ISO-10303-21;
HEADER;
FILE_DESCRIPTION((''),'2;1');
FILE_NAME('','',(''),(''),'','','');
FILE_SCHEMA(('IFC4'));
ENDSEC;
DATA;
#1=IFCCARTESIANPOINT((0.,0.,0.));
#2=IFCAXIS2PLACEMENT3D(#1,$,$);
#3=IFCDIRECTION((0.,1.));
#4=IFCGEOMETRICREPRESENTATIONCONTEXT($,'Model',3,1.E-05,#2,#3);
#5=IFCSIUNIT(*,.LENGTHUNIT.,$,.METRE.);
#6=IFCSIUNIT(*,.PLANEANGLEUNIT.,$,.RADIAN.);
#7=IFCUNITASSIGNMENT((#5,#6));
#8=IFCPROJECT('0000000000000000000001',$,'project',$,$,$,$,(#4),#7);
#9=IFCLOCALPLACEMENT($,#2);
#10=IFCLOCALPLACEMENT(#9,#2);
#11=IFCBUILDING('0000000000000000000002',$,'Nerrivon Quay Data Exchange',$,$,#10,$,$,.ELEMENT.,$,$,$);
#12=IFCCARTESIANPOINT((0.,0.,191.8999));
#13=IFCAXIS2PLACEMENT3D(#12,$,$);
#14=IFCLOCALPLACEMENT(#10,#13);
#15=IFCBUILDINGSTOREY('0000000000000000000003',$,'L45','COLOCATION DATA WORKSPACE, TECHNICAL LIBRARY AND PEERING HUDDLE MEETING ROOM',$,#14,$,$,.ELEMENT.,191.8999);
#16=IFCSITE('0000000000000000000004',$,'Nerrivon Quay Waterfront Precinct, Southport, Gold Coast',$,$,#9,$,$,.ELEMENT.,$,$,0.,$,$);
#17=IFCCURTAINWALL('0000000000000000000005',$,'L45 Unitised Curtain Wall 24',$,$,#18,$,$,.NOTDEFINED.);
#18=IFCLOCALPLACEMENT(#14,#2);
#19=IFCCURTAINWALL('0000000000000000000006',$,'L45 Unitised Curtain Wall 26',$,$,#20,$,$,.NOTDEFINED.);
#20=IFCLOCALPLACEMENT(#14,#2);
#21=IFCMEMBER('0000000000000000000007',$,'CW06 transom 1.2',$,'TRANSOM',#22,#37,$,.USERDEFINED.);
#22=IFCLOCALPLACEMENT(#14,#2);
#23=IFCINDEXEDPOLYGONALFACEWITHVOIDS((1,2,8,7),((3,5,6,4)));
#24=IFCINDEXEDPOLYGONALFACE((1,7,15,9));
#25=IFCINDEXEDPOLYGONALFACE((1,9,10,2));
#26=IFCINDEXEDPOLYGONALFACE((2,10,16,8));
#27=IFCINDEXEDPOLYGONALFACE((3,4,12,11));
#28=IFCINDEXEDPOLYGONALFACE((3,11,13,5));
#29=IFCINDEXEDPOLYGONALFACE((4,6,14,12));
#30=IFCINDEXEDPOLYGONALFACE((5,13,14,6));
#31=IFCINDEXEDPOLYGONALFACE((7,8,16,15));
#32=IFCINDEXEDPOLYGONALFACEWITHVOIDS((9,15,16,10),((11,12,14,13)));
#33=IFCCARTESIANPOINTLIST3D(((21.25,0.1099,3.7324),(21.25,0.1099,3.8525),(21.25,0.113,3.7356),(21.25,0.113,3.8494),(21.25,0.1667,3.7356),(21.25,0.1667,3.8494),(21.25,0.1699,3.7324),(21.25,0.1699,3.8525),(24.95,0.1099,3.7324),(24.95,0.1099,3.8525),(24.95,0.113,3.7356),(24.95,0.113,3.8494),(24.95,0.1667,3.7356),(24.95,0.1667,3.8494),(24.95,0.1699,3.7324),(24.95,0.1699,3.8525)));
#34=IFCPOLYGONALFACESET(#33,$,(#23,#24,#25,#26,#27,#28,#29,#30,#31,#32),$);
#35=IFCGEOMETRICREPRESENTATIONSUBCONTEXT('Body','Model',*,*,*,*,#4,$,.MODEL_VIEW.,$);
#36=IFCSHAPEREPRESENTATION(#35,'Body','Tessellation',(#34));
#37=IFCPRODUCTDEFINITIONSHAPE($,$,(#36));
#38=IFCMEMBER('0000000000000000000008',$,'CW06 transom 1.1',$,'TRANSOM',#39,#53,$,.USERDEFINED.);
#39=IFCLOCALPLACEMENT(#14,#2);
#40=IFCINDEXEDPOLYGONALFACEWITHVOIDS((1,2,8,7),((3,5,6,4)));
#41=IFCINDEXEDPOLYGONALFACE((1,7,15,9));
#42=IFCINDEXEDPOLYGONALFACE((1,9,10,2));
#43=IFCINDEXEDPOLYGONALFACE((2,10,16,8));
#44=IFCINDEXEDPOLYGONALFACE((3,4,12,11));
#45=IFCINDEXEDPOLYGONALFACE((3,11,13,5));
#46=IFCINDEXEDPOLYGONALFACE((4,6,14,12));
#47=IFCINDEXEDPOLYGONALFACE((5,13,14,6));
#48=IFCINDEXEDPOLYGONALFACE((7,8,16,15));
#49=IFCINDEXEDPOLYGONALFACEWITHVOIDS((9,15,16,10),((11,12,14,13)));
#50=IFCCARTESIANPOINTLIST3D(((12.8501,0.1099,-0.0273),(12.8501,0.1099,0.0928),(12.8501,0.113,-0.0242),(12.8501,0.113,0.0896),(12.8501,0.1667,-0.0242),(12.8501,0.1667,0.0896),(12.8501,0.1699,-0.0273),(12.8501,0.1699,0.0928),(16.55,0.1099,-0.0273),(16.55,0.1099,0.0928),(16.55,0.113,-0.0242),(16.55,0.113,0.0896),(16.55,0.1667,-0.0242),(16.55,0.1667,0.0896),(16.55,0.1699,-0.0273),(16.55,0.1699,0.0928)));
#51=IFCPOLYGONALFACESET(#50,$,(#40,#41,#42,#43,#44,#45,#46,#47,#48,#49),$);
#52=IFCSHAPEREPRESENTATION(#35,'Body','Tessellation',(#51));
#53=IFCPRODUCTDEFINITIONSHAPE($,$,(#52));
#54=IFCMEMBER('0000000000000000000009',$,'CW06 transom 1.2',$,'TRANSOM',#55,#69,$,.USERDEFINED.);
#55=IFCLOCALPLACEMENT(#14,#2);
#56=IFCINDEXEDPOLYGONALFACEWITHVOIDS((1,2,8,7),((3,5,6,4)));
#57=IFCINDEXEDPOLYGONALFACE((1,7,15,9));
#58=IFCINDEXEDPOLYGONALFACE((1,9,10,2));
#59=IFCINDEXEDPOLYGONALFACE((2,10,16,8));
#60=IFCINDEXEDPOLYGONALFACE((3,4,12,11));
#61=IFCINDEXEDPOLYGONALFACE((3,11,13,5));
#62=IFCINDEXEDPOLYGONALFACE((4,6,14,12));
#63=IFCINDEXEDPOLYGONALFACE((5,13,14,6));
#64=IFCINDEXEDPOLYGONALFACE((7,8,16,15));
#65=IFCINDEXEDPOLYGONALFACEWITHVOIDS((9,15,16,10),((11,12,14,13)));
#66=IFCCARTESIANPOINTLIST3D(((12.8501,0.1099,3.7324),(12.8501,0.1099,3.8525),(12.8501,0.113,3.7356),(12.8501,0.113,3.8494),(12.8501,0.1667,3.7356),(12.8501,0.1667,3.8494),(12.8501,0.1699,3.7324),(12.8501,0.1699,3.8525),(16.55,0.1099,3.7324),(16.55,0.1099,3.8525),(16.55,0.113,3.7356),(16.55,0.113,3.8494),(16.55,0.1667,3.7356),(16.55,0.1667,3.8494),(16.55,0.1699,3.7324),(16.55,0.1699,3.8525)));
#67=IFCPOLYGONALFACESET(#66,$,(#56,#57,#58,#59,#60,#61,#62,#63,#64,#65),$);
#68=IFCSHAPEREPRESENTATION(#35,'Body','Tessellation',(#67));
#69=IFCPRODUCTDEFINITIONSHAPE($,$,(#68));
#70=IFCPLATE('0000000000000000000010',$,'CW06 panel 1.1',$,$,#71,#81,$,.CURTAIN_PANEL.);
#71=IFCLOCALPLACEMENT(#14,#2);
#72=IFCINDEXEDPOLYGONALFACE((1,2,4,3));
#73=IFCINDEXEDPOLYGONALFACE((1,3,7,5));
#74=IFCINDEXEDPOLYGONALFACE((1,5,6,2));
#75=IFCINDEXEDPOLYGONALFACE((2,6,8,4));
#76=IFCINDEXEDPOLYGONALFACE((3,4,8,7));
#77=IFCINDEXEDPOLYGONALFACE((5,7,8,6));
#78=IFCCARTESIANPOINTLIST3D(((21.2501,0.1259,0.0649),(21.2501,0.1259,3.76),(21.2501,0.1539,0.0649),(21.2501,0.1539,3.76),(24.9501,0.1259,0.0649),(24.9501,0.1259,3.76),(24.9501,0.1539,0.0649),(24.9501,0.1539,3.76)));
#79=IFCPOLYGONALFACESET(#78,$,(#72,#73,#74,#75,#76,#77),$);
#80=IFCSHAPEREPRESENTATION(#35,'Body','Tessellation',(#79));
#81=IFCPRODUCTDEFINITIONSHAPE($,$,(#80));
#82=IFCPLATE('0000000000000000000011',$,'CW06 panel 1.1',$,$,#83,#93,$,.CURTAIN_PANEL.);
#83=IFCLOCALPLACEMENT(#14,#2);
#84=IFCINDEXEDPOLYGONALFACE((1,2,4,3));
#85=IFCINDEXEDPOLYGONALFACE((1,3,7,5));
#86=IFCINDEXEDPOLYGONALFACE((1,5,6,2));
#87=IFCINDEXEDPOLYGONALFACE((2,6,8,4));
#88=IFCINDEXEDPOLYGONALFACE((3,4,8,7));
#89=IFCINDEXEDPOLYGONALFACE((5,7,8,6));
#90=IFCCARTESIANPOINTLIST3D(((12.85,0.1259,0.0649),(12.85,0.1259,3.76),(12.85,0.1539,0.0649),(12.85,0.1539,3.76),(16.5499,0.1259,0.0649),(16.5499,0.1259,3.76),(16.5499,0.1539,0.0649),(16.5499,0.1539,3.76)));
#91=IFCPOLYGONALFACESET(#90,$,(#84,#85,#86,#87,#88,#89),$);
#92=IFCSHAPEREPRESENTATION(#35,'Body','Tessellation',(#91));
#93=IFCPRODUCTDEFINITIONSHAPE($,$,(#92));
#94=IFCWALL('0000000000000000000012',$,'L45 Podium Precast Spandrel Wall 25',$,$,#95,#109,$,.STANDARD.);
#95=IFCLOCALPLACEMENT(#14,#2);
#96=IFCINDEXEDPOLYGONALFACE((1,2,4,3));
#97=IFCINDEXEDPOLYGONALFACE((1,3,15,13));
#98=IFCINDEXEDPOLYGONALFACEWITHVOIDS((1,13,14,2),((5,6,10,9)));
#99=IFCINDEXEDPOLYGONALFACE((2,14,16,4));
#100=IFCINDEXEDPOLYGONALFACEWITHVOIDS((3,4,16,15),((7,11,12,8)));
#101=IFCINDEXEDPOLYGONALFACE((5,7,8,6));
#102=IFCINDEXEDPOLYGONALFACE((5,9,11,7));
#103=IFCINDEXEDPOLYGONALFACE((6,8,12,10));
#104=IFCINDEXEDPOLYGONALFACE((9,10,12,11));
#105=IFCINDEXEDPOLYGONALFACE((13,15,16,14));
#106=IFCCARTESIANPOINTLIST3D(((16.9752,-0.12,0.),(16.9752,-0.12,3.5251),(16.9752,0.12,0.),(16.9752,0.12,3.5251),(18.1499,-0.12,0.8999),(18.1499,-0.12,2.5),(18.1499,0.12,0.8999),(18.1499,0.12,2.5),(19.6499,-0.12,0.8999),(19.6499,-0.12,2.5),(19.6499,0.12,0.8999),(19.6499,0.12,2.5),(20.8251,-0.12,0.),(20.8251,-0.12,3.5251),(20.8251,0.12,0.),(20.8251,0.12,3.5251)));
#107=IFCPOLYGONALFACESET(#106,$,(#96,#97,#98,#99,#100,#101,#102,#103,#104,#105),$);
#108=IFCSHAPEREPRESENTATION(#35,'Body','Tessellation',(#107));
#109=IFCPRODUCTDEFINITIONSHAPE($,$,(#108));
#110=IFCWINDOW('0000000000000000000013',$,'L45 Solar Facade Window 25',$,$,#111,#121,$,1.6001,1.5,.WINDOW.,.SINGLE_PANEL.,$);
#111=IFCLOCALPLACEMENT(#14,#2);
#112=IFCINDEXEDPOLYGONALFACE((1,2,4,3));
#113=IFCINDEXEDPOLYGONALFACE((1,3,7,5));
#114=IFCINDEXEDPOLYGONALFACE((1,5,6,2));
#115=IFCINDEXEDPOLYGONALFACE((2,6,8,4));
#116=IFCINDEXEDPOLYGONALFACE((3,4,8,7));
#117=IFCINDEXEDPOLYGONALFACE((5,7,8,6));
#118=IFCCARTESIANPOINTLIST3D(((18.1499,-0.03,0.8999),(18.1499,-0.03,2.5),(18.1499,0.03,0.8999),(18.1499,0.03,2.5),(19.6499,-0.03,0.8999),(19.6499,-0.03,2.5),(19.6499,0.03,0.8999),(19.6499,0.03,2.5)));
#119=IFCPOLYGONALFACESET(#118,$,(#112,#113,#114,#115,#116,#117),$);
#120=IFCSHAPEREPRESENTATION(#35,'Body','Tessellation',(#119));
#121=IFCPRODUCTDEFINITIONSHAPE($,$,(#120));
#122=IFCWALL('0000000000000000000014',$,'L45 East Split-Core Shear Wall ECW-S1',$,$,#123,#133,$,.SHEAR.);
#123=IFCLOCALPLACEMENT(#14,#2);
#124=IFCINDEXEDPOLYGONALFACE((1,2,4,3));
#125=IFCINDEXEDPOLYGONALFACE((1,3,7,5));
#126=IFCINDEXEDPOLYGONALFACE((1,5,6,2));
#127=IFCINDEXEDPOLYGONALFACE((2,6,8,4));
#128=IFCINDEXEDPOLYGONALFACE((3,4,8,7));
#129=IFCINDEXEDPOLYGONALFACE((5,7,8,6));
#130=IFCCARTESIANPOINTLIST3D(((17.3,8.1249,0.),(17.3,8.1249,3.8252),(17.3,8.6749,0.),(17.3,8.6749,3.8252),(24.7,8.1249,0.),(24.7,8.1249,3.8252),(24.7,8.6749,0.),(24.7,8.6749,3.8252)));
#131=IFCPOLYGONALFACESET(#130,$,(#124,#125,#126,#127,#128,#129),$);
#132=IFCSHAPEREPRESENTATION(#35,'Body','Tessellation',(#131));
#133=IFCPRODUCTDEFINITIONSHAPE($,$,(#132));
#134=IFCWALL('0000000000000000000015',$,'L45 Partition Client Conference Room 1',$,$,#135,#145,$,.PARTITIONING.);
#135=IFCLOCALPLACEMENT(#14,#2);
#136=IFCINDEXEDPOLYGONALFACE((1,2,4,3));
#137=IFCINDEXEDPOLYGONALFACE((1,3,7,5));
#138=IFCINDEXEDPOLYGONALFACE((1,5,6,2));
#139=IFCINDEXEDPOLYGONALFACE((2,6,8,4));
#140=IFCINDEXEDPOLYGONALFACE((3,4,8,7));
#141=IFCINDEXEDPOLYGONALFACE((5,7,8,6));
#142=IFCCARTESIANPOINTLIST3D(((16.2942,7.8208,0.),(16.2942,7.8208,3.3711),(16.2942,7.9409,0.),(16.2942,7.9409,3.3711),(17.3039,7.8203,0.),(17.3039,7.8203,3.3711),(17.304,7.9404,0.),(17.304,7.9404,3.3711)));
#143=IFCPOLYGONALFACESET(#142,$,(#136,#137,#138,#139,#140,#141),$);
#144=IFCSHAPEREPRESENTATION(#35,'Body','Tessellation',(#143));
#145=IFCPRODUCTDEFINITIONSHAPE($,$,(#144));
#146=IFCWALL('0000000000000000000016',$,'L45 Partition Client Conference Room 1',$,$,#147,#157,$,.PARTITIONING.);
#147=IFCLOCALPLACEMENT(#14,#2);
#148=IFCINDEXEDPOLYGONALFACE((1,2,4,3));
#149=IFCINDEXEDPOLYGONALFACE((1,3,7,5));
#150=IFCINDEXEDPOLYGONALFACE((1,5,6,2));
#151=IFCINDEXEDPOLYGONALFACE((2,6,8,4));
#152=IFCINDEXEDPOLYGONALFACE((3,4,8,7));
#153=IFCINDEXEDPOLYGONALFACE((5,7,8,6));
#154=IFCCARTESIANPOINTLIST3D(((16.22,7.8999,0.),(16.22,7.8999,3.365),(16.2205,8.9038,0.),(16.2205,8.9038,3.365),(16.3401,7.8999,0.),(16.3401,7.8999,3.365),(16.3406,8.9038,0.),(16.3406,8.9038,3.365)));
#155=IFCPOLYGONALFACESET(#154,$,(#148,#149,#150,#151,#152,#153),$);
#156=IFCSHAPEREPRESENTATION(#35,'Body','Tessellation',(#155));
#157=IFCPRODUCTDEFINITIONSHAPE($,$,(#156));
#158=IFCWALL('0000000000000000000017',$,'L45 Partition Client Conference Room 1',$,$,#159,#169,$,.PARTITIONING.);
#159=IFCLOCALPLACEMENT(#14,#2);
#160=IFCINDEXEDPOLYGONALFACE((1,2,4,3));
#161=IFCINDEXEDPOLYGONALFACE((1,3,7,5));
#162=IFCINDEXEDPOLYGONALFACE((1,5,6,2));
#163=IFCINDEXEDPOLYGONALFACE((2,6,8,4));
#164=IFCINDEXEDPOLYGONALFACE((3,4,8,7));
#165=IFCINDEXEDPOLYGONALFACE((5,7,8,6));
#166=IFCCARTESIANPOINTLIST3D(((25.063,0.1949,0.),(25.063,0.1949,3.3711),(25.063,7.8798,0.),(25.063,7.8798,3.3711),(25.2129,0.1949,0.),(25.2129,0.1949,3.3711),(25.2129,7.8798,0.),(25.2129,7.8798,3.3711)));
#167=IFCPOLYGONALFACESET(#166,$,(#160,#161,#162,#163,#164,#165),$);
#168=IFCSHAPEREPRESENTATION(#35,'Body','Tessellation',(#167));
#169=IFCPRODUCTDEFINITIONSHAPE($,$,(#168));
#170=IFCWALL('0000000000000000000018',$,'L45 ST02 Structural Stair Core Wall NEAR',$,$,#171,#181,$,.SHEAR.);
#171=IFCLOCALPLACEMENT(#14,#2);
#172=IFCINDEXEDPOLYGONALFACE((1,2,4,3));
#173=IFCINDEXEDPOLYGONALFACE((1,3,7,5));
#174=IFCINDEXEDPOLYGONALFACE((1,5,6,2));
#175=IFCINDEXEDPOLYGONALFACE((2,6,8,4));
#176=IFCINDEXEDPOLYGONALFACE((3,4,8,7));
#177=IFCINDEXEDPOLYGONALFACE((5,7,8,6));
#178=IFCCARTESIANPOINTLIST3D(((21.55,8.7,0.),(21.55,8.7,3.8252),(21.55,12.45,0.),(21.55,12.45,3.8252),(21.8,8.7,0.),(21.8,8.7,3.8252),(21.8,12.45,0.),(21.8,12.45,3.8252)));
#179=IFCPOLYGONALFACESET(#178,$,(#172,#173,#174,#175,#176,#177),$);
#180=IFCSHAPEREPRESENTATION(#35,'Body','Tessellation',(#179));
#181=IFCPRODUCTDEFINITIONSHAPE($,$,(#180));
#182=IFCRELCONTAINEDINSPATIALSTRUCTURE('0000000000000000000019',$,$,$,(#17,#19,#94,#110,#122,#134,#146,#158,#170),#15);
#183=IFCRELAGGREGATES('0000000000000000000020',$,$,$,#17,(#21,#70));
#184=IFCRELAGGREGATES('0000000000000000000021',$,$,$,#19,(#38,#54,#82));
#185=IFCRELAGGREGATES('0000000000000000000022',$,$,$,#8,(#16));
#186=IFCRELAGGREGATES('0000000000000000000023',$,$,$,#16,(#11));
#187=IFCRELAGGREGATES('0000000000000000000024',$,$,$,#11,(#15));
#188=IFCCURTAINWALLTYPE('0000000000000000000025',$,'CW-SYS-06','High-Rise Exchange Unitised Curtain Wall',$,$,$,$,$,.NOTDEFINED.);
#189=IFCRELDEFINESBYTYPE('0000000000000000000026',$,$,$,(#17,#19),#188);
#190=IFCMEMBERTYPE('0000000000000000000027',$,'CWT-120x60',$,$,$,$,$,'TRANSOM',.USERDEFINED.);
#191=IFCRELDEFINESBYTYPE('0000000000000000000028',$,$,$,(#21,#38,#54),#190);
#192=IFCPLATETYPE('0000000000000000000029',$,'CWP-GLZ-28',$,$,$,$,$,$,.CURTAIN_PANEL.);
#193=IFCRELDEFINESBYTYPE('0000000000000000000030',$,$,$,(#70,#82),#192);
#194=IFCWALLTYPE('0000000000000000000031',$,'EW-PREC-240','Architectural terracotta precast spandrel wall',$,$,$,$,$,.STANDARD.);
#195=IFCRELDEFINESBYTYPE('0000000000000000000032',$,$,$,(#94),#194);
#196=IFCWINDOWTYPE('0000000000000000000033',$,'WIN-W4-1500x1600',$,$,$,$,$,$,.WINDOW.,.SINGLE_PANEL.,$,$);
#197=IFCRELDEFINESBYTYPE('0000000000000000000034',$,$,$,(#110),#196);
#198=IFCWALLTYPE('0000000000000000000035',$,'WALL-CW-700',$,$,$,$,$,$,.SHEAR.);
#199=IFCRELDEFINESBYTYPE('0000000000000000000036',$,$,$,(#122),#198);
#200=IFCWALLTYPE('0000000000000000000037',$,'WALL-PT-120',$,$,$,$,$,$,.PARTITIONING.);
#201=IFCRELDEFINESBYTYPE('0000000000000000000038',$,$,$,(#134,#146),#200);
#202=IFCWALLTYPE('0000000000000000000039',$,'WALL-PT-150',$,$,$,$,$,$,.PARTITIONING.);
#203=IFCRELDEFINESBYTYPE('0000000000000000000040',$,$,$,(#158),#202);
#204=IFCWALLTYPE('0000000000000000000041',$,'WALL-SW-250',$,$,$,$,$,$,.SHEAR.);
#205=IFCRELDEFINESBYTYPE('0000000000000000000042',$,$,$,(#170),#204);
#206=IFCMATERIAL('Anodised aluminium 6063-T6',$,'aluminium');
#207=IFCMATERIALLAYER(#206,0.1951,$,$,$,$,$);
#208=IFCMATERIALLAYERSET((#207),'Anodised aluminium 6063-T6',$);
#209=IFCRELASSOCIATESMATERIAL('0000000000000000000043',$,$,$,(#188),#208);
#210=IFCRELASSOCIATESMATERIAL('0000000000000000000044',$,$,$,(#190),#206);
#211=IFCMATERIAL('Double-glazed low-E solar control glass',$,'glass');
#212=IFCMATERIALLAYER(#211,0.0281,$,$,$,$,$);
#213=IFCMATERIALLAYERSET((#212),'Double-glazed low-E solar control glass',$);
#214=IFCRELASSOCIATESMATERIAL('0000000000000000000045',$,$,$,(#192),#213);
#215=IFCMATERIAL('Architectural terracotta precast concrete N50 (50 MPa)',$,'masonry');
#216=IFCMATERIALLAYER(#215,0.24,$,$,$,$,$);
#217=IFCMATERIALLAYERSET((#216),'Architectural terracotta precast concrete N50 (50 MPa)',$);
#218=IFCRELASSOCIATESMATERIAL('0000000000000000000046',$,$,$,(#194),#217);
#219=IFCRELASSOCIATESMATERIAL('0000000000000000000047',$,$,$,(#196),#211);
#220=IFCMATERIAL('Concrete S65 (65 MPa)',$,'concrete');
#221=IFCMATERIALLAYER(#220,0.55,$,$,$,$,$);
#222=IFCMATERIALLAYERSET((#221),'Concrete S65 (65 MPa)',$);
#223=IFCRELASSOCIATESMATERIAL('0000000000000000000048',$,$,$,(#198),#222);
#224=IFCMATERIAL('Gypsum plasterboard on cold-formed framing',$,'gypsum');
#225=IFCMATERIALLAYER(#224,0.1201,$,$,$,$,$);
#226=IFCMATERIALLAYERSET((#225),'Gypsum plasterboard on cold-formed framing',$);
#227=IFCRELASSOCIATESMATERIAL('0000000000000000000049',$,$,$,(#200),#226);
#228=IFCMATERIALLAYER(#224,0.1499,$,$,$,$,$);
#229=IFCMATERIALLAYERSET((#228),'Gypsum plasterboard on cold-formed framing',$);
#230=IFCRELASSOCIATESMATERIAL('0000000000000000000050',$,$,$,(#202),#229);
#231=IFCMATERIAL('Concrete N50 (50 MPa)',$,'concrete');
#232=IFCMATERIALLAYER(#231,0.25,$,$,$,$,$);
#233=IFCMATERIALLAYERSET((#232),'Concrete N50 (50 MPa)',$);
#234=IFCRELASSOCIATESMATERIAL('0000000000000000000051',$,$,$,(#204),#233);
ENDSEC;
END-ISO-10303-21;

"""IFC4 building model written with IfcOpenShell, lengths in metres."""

from ifc_helpers import new_model, si_unit, direction, frame, frame_2d, origin, origin_2d, place, context, subcontext, project, spatial, rectangle, hollow_rectangle, extrude, material, layer, layer_set, material_profile, profile_set, type_object, element, fill, aggregate, save


model = new_model("IFC4")

# Units and contexts
model_context = context("Model", 3, precision=1e-05, world=origin(), true_north=direction((0.0, 1.0)))
body_context = subcontext(model_context, "Body", "Model", "MODEL_VIEW")
ifc_project = project(units=[si_unit("LENGTHUNIT", "METRE"), si_unit("PLANEANGLEUNIT", "RADIAN")], contexts=[model_context])

# Site, building, storey
site_placement = place(None, origin())
site = spatial("IfcSite", under=ifc_project, at=site_placement, Name="Nerrivon Quay Waterfront Precinct, Southport, Gold Coast", CompositionType="ELEMENT", RefElevation=0.0)
building_placement = place(site_placement, origin())
building = spatial("IfcBuilding", under=site, at=building_placement, Name="Nerrivon Quay Data Exchange", CompositionType="ELEMENT")
storey_placement = place(building_placement, frame((0.0, 0.0, 191.8999)))
storey = spatial("IfcBuildingStorey", under=building, at=storey_placement, Name="L45", Description="COLOCATION DATA WORKSPACE, TECHNICAL LIBRARY AND PEERING HUDDLE MEETING ROOM", CompositionType="ELEMENT", Elevation=191.8999)

# Shared definitions
ifc_material_1 = material(Name="Concrete S65 (65 MPa)", Category="concrete")
ifc_material_2 = material(Name="Concrete N50 (50 MPa)", Category="concrete")

# Curtain wall
ifc_material_3 = material(Name="Anodised aluminium 6063-T6", Category="aluminium")
ifc_layer_1 = layer(ifc_material_3, 0.1951)
ifc_layer_set_1 = layer_set([ifc_layer_1], Name="Anodised aluminium 6063-T6")
curtain_wall_type = type_object("IfcCurtainWallType", Name="CW-SYS-06", Description="High-Rise Exchange Unitised Curtain Wall", PredefinedType="NOTDEFINED", material=ifc_layer_set_1)
curtain_wall_1_placement = place(storey_placement, origin())
curtain_wall_1 = element("IfcCurtainWall", 1, at=curtain_wall_1_placement, inside=storey, type_object=curtain_wall_type, Name="L45 Unitised Curtain Wall 24", PredefinedType="NOTDEFINED")

# Curtain wall
curtain_wall_2_placement = place(storey_placement, origin())
curtain_wall_2 = element("IfcCurtainWall", 2, at=curtain_wall_2_placement, inside=storey, type_object=curtain_wall_type, Name="L45 Unitised Curtain Wall 26", PredefinedType="NOTDEFINED")

# Members
ifc_material_profile_1 = material_profile(ifc_material_3, hollow_rectangle(XDim=0.0601, YDim=0.1201, WallThickness=0.0032, at=origin_2d()), Name="ALU-TRAN-120x60")
ifc_profile_set_1 = profile_set([ifc_material_profile_1], Name="Anodised aluminium 6063-T6")
member_type_1 = type_object("IfcMemberType", Name="CWT-120x60", ElementType="TRANSOM", PredefinedType="USERDEFINED", material=ifc_profile_set_1)
member_1_placement = place(storey_placement, frame((24.95, 0.1399, 3.7925), z_axis=(-1.0, 0.0, 0.0), x_axis=(0.0, -1.0, 0.0)))
member_1 = element("IfcMember", 3, at=member_1_placement, type_object=member_type_1, Name="CW06 transom 1.2", ObjectType="TRANSOM", PredefinedType="USERDEFINED", context=body_context, shape_type="SweptSolid", body=[
    extrude(hollow_rectangle(XDim=0.0601, YDim=0.1201, WallThickness=0.0032, at=origin_2d()), origin(), (0.0, 0.0, 1.0), 3.7),
])
member_2_placement = place(storey_placement, frame((16.55, 0.1399, 0.0327), z_axis=(-1.0, 0.0, 0.0), x_axis=(0.0, -1.0, 0.0)))
member_2 = element("IfcMember", 4, at=member_2_placement, type_object=member_type_1, Name="CW06 transom 1.1", ObjectType="TRANSOM", PredefinedType="USERDEFINED", context=body_context, shape_type="SweptSolid", body=[
    extrude(hollow_rectangle(XDim=0.0601, YDim=0.1201, WallThickness=0.0032, at=origin_2d()), origin(), (0.0, 0.0, 1.0), 3.7),
])
member_3_placement = place(storey_placement, frame((16.55, 0.1399, 3.7925), z_axis=(-1.0, 0.0, 0.0), x_axis=(0.0, -1.0, 0.0)))
member_3 = element("IfcMember", 5, at=member_3_placement, type_object=member_type_1, Name="CW06 transom 1.2", ObjectType="TRANSOM", PredefinedType="USERDEFINED", context=body_context, shape_type="SweptSolid", body=[
    extrude(hollow_rectangle(XDim=0.0601, YDim=0.1201, WallThickness=0.0032, at=origin_2d()), origin(), (0.0, 0.0, 1.0), 3.7),
])

# Plates
ifc_material_4 = material(Name="Double-glazed low-E solar control glass", Category="glass")
ifc_layer_2 = layer(ifc_material_4, 0.0281)
ifc_layer_set_2 = layer_set([ifc_layer_2], Name="Double-glazed low-E solar control glass")
plate_type = type_object("IfcPlateType", Name="CWP-GLZ-28", PredefinedType="CURTAIN_PANEL", material=ifc_layer_set_2)
plate_1_placement = place(storey_placement, frame((23.1001, 0.1399, 0.0649), z_axis=(0.0, 0.0, 1.0), x_axis=(-1.0, 0.0, 0.0)))
plate_1 = element("IfcPlate", 6, at=plate_1_placement, type_object=plate_type, Name="CW06 panel 1.1", PredefinedType="CURTAIN_PANEL", context=body_context, shape_type="SweptSolid", body=[
    extrude(rectangle(XDim=3.7, YDim=0.0281, at=origin_2d()), origin(), (0.0, 0.0, 1.0), 3.6951),
])
aggregate(curtain_wall_1, [member_1, plate_1])
plate_2_placement = place(storey_placement, frame((14.7, 0.1399, 0.0649), z_axis=(0.0, 0.0, 1.0), x_axis=(-1.0, 0.0, 0.0)))
plate_2 = element("IfcPlate", 7, at=plate_2_placement, type_object=plate_type, Name="CW06 panel 1.1", PredefinedType="CURTAIN_PANEL", context=body_context, shape_type="SweptSolid", body=[
    extrude(rectangle(XDim=3.7, YDim=0.0281, at=origin_2d()), origin(), (0.0, 0.0, 1.0), 3.6951),
])
aggregate(curtain_wall_2, [member_2, member_3, plate_2])

# Wall, opening, window
ifc_material_5 = material(Name="Architectural terracotta precast concrete N50 (50 MPa)", Category="masonry")
ifc_layer_3 = layer(ifc_material_5, 0.24)
ifc_layer_set_3 = layer_set([ifc_layer_3], Name="Architectural terracotta precast concrete N50 (50 MPa)")
wall_type_1 = type_object("IfcWallType", Name="EW-PREC-240", Description="Architectural terracotta precast spandrel wall", PredefinedType="STANDARD", material=ifc_layer_set_3)
wall_1_placement = place(storey_placement, frame((20.825, 0.0, 0.0), z_axis=(0.0, 0.0, 1.0), x_axis=(-1.0, 0.0, 0.0)))
wall_1 = element("IfcWall", 8, at=wall_1_placement, inside=storey, type_object=wall_type_1, Name="L45 Podium Precast Spandrel Wall 25", PredefinedType="STANDARD", context=body_context, shape_type="SweptSolid", body=[
    extrude(rectangle(XDim=3.8499, YDim=0.24, at=frame_2d((1.9248, 0.0))), origin(), (0.0, 0.0, 1.0), 3.5251),
])
opening_placement = place(wall_1_placement, frame((1.175, 0.0, 0.8999)))
opening = element("IfcOpeningElement", 9, at=opening_placement, cuts=wall_1, PredefinedType="OPENING", context=body_context, shape_type="SweptSolid", body=[
    extrude(rectangle(XDim=1.5, YDim=1.6001, at=frame_2d((0.75, 0.8))), frame((0.0, 0.1299, 0.0), z_axis=(0.0, -1.0, 0.0), x_axis=(1.0, 0.0, 0.0)), (0.0, 0.0, 1.0), 0.26),
])
window_type = type_object("IfcWindowType", Name="WIN-W4-1500x1600", PartitioningType="SINGLE_PANEL", PredefinedType="WINDOW", material=ifc_material_4)
window_placement = place(opening_placement, origin())
window = element("IfcWindow", 10, at=window_placement, inside=storey, type_object=window_type, Name="L45 Solar Facade Window 25", OverallHeight=1.6001, OverallWidth=1.5, PartitioningType="SINGLE_PANEL", PredefinedType="WINDOW", context=body_context, shape_type="SweptSolid", body=[
    extrude(rectangle(XDim=1.5, YDim=1.6001, at=frame_2d((0.75, 0.8))), frame((0.0, 0.03, 0.0), z_axis=(0.0, -1.0, 0.0), x_axis=(1.0, 0.0, 0.0)), (0.0, 0.0, 1.0), 0.0601),
])
fill(opening, window)

# Walls
ifc_layer_4 = layer(ifc_material_1, 0.55)
ifc_layer_set_4 = layer_set([ifc_layer_4], Name="Concrete S65 (65 MPa)")
wall_type_2 = type_object("IfcWallType", Name="WALL-CW-700", PredefinedType="SHEAR", material=ifc_layer_set_4)
wall_2_placement = place(storey_placement, frame((17.3, 8.3999, 0.0), z_axis=(0.0, 0.0, 1.0), x_axis=(1.0, 0.0, 0.0)))
element("IfcWall", 11, at=wall_2_placement, inside=storey, type_object=wall_type_2, Name="L45 East Split-Core Shear Wall ECW-S1", PredefinedType="SHEAR", context=body_context, shape_type="SweptSolid", body=[
    extrude(rectangle(XDim=7.3999, YDim=0.55, at=frame_2d((3.7, 0.0))), origin(), (0.0, 0.0, 1.0), 3.8252),
])
ifc_material_6 = material(Name="Gypsum plasterboard on cold-formed framing", Category="gypsum")
ifc_layer_5 = layer(ifc_material_6, 0.1201)
ifc_layer_set_5 = layer_set([ifc_layer_5], Name="Gypsum plasterboard on cold-formed framing")
wall_type_3 = type_object("IfcWallType", Name="WALL-PT-120", PredefinedType="PARTITIONING", material=ifc_layer_set_5)
wall_3_placement = place(storey_placement, frame((17.304, 7.8804, 0.0), z_axis=(0.0, 0.0, 1.0), x_axis=(-1.0, 0.000484, 0.0)))
element("IfcWall", 12, at=wall_3_placement, inside=storey, type_object=wall_type_3, Name="L45 Partition Client Conference Room 1", PredefinedType="PARTITIONING", context=body_context, shape_type="SweptSolid", body=[
    extrude(rectangle(XDim=1.0098, YDim=0.1201, at=frame_2d((0.5049, 0.0))), origin(), (0.0, 0.0, 1.0), 3.3711),
])
wall_4_placement = place(storey_placement, frame((16.28, 7.8999, 0.0), z_axis=(0.0, 0.0, 1.0), x_axis=(0.000486, 1.0, 0.0)))
element("IfcWall", 13, at=wall_4_placement, inside=storey, type_object=wall_type_3, Name="L45 Partition Client Conference Room 1", PredefinedType="PARTITIONING", context=body_context, shape_type="SweptSolid", body=[
    extrude(rectangle(XDim=1.0039, YDim=0.1201, at=frame_2d((0.502, 0.0))), origin(), (0.0, 0.0, 1.0), 3.365),
])
ifc_layer_6 = layer(ifc_material_6, 0.1499)
ifc_layer_set_6 = layer_set([ifc_layer_6], Name="Gypsum plasterboard on cold-formed framing")
wall_type_4 = type_object("IfcWallType", Name="WALL-PT-150", PredefinedType="PARTITIONING", material=ifc_layer_set_6)
wall_5_placement = place(storey_placement, frame((25.1379, 0.1951, 0.0), z_axis=(0.0, 0.0, 1.0), x_axis=(0.0, 1.0, 0.0)))
element("IfcWall", 14, at=wall_5_placement, inside=storey, type_object=wall_type_4, Name="L45 Partition Client Conference Room 1", PredefinedType="PARTITIONING", context=body_context, shape_type="SweptSolid", body=[
    extrude(rectangle(XDim=7.6848, YDim=0.1499, at=frame_2d((3.8423, 0.0))), origin(), (0.0, 0.0, 1.0), 3.3711),
])
ifc_layer_7 = layer(ifc_material_2, 0.25)
ifc_layer_set_7 = layer_set([ifc_layer_7], Name="Concrete N50 (50 MPa)")
wall_type_5 = type_object("IfcWallType", Name="WALL-SW-250", PredefinedType="SHEAR", material=ifc_layer_set_7)
wall_6_placement = place(storey_placement, frame((21.675, 8.7, 0.0), z_axis=(0.0, 0.0, 1.0), x_axis=(0.0, 1.0, 0.0)))
element("IfcWall", 15, at=wall_6_placement, inside=storey, type_object=wall_type_5, Name="L45 ST02 Structural Stair Core Wall NEAR", PredefinedType="SHEAR", context=body_context, shape_type="SweptSolid", body=[
    extrude(rectangle(XDim=3.75, YDim=0.25, at=frame_2d((1.875, 0.0))), origin(), (0.0, 0.0, 1.0), 3.8252),
])

save(model, "model.ifc")
